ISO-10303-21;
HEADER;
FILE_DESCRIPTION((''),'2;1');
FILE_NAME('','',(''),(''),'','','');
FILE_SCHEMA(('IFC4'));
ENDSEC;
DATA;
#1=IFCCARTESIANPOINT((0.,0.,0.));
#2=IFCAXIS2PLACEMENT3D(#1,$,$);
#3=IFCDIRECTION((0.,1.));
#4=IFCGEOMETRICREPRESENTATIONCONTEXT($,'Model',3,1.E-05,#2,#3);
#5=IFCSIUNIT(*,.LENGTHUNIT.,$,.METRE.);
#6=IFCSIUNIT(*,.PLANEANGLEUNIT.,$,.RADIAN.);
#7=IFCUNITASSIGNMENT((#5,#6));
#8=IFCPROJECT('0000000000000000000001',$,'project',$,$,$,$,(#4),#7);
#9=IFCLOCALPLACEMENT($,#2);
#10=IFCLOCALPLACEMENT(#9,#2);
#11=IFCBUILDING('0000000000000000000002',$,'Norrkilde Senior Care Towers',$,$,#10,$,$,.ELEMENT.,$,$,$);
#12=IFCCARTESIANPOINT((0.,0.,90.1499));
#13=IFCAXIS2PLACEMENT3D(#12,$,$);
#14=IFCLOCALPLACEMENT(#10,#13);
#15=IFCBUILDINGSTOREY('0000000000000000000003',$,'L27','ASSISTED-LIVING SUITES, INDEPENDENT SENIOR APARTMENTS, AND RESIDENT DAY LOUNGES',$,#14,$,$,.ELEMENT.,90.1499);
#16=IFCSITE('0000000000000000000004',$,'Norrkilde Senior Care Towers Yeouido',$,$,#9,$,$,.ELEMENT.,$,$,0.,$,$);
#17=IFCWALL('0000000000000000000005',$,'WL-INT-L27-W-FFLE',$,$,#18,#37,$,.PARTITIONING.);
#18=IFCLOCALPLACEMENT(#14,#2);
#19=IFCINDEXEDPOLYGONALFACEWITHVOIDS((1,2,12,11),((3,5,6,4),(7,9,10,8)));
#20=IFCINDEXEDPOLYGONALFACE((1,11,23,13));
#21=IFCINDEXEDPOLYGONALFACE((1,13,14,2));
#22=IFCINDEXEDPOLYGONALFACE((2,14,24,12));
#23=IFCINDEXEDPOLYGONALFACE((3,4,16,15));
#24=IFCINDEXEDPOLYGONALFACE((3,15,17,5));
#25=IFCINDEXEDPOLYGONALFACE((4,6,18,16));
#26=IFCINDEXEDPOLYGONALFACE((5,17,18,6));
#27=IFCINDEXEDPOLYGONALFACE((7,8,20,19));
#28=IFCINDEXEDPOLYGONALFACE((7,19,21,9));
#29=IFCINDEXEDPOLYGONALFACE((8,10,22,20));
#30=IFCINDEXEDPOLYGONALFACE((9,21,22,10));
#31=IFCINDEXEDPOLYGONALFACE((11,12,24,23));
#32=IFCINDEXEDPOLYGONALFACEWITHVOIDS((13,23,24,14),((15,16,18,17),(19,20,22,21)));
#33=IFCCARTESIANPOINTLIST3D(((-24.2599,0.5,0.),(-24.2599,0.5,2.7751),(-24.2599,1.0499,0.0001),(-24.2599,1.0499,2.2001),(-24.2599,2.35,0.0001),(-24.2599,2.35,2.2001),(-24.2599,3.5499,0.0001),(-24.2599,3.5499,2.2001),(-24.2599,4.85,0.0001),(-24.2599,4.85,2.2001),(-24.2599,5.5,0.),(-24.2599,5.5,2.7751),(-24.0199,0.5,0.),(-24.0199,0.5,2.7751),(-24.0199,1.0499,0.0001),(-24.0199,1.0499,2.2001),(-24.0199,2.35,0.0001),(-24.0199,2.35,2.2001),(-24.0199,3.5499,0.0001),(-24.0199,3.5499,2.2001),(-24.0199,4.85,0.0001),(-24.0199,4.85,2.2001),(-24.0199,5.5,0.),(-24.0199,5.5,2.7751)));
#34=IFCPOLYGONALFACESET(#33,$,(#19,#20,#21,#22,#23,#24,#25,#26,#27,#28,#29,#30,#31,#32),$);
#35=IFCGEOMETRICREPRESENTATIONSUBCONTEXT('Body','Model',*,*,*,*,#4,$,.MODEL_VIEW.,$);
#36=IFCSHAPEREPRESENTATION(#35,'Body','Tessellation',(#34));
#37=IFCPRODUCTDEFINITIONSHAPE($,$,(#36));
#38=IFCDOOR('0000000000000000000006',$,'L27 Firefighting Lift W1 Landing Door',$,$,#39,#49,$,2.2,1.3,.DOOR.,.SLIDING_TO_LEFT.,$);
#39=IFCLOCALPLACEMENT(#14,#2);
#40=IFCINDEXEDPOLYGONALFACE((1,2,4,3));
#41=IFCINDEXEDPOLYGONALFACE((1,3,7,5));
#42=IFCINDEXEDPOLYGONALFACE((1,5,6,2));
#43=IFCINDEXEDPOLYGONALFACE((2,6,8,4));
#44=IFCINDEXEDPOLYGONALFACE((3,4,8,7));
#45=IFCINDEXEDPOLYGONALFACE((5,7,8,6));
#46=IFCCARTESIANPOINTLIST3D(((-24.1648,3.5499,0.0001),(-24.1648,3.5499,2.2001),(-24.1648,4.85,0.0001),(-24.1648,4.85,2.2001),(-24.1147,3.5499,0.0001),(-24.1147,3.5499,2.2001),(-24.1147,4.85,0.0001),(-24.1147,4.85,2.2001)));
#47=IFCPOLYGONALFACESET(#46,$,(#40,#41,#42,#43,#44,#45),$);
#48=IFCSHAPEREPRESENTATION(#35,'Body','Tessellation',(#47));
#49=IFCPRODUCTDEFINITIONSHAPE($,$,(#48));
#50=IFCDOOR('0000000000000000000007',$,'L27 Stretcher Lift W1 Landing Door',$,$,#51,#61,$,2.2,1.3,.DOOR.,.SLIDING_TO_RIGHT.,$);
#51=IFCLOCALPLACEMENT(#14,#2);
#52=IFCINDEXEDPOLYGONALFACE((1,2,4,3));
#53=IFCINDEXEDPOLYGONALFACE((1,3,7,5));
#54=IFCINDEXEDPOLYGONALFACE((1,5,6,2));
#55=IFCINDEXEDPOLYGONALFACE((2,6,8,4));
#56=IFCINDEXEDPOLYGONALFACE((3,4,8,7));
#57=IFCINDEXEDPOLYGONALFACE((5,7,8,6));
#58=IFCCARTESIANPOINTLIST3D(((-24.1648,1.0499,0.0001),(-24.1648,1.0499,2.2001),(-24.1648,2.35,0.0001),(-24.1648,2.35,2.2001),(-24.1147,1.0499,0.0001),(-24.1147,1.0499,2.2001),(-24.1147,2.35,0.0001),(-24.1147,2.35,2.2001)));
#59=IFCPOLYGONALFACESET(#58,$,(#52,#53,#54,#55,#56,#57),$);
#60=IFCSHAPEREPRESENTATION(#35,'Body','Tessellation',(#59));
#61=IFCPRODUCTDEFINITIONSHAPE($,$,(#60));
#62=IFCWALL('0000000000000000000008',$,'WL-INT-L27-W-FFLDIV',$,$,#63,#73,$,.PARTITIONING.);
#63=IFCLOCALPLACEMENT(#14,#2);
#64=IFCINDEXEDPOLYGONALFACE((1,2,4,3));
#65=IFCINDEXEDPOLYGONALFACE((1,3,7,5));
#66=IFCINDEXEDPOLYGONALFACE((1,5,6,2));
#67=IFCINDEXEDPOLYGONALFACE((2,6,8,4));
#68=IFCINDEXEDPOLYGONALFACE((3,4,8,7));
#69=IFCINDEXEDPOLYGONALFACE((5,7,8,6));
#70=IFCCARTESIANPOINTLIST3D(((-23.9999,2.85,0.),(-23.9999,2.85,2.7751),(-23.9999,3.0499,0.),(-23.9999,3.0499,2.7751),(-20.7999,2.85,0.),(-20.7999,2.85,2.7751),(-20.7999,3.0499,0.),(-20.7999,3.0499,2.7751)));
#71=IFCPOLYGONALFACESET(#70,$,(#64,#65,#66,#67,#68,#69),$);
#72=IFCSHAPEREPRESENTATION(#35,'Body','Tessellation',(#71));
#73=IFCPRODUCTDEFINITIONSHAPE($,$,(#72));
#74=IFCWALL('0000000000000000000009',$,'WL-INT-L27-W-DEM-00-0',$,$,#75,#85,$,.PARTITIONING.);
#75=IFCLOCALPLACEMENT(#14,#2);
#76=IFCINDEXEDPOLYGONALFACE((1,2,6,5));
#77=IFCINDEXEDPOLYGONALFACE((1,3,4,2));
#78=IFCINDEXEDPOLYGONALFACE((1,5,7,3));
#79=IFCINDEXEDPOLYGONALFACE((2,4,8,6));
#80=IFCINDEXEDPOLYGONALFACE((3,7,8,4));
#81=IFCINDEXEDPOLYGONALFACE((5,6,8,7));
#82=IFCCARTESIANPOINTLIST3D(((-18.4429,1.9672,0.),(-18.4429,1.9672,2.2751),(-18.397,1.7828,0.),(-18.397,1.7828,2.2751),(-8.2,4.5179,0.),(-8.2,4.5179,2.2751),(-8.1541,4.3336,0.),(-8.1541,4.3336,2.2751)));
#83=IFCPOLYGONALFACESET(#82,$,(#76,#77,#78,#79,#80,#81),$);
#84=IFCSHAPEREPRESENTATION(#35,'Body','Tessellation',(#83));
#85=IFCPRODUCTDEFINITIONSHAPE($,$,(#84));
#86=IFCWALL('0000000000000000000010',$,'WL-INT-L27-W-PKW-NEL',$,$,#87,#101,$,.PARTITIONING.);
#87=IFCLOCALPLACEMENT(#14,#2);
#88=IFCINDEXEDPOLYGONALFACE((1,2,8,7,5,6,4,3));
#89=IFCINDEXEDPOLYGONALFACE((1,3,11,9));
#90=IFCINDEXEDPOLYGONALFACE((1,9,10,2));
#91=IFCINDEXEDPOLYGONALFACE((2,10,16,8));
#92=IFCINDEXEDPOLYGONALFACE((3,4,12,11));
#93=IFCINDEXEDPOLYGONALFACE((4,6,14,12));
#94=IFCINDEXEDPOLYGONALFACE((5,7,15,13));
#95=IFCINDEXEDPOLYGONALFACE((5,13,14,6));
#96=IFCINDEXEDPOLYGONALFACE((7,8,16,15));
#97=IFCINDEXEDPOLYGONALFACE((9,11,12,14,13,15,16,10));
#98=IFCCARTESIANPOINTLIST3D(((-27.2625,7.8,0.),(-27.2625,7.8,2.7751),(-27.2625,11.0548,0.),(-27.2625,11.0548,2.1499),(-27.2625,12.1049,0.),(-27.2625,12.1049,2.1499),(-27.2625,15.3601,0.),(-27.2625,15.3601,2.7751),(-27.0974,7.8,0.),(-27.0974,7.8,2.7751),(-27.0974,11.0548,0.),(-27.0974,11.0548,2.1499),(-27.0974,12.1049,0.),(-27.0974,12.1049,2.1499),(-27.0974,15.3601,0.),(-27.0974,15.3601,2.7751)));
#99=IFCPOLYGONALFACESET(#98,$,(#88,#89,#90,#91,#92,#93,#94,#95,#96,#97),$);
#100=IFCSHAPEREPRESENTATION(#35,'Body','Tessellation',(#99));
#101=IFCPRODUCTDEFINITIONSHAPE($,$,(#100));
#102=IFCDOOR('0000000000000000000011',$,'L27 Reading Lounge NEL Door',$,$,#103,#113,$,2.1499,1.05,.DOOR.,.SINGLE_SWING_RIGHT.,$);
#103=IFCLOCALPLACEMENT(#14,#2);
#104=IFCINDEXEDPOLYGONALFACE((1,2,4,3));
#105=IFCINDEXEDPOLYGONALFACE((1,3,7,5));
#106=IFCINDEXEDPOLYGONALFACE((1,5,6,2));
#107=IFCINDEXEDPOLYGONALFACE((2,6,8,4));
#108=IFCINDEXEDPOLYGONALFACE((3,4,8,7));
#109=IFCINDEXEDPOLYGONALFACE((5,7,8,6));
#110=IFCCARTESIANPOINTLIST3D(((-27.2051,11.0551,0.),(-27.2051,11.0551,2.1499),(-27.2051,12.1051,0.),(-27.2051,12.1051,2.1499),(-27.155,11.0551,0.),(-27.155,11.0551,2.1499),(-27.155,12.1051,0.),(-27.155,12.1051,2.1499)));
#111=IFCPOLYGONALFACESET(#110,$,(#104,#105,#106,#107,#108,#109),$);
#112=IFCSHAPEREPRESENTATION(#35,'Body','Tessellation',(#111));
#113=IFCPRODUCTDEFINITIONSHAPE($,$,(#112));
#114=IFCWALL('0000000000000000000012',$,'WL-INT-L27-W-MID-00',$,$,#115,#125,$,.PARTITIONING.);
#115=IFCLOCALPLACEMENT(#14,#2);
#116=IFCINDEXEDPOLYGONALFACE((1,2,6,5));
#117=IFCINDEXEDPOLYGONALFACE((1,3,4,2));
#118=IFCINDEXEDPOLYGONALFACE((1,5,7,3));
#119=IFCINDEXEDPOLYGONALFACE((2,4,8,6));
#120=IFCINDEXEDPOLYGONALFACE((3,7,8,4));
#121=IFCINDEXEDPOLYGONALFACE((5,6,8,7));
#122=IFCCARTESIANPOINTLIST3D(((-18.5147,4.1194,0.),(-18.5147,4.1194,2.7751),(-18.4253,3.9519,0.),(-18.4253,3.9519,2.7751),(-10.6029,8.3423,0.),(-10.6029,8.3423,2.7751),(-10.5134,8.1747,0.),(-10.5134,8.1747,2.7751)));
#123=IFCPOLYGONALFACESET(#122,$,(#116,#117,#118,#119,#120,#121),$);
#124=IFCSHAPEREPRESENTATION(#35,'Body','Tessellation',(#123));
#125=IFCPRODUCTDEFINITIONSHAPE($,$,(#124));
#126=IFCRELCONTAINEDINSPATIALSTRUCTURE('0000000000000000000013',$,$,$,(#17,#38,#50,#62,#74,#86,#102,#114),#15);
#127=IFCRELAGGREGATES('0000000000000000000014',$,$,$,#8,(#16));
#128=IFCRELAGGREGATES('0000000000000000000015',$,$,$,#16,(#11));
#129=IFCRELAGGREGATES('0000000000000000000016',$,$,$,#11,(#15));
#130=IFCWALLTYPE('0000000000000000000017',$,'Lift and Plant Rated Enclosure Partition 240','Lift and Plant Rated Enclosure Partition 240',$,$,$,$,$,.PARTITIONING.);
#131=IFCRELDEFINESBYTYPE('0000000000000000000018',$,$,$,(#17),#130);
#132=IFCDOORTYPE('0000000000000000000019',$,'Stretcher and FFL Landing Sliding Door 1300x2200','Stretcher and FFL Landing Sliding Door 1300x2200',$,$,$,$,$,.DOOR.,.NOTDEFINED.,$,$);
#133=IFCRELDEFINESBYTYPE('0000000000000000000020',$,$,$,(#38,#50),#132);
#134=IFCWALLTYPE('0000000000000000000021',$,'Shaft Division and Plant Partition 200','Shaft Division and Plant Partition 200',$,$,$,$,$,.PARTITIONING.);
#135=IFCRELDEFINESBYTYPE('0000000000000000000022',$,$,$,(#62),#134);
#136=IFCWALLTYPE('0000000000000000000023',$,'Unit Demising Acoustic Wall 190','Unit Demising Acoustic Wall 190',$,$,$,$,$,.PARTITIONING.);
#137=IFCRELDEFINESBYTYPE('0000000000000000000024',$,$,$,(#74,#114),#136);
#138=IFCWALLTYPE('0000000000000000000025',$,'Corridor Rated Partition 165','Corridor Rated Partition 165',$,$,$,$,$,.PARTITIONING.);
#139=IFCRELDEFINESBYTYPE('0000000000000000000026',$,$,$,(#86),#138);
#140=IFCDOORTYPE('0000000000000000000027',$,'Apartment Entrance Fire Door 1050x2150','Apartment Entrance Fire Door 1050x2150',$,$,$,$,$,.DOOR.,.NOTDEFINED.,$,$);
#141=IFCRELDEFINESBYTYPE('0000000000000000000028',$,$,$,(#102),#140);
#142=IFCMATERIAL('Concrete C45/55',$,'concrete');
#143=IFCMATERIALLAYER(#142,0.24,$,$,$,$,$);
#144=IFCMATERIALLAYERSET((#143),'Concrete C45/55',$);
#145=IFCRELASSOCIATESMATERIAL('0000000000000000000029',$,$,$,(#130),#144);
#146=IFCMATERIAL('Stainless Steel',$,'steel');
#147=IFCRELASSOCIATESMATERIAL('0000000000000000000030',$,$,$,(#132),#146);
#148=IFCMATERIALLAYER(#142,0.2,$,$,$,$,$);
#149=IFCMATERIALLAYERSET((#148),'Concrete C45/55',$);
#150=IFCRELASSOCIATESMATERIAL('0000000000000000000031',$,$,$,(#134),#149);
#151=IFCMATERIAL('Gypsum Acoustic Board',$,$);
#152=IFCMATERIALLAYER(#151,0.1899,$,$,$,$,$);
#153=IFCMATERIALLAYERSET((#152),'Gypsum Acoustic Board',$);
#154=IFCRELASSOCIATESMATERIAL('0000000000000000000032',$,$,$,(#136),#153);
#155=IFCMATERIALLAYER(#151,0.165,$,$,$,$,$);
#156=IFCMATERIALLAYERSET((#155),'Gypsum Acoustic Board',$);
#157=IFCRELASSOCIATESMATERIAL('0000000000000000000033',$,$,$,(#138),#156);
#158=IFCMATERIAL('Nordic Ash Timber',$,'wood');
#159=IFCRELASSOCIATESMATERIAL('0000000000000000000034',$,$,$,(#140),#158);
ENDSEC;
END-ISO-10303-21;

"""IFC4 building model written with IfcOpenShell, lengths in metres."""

from ifc_helpers import new_model, si_unit, direction, frame, frame_2d, origin, place, context, subcontext, project, spatial, rectangle, extrude, source, transform, mapped, material, layer, layer_set, type_object, type_shapes, element, fill, save


model = new_model("IFC4")

# Units and contexts
model_context = context("Model", 3, precision=1e-05, world=origin(), true_north=direction((0.0, 1.0)))
body_context = subcontext(model_context, "Body", "Model", "MODEL_VIEW")
ifc_project = project(units=[si_unit("LENGTHUNIT", "METRE"), si_unit("PLANEANGLEUNIT", "RADIAN")], contexts=[model_context])

# Site, building, storey
site_placement = place(None, origin())
site = spatial("IfcSite", under=ifc_project, at=site_placement, Name="Norrkilde Senior Care Towers Yeouido", CompositionType="ELEMENT", RefElevation=0.0)
building_placement = place(site_placement, origin())
building = spatial("IfcBuilding", under=site, at=building_placement, Name="Norrkilde Senior Care Towers", CompositionType="ELEMENT")
storey_placement = place(building_placement, frame((0.0, 0.0, 90.1499)))
storey = spatial("IfcBuildingStorey", under=building, at=storey_placement, Name="L27", Description="ASSISTED-LIVING SUITES, INDEPENDENT SENIOR APARTMENTS, AND RESIDENT DAY LOUNGES", CompositionType="ELEMENT", Elevation=90.1499)

# Wall, openings, doors
ifc_material_1 = material(Name="Concrete C45/55", Category="concrete")
ifc_layer_1 = layer(ifc_material_1, 0.24)
ifc_layer_set_1 = layer_set([ifc_layer_1], Name="Concrete C45/55")
wall_type_1 = type_object("IfcWallType", Name="Lift and Plant Rated Enclosure Partition 240", Description="Lift and Plant Rated Enclosure Partition 240", PredefinedType="PARTITIONING", material=ifc_layer_set_1)
shared_shape_1 = source(origin(), body_context, "Body", "SweptSolid", [
    extrude(rectangle(XDim=5.0, YDim=0.24, at=frame_2d((2.5, 0.0))), origin(), (0.0, 0.0, 1.0), 2.7751),
])
type_shapes(wall_type_1, [shared_shape_1])
wall_1_placement = place(storey_placement, frame((-24.1399, 0.5, 0.0), z_axis=(0.0, 0.0, 1.0), x_axis=(0.0, 1.0, 0.0)))
wall_1 = element("IfcWall", 1, at=wall_1_placement, inside=storey, type_object=wall_type_1, Name="WL-INT-L27-W-FFLE", PredefinedType="PARTITIONING", context=body_context, shape_type="MappedRepresentation", body=[
    mapped(shared_shape_1, transform((0.0, 0.0, 0.0), x_axis=(1.0, 0.0, 0.0), y_axis=(0.0, 1.0, 0.0), z_axis=(0.0, 0.0, 1.0), scale=1.0)),
])
opening_1_placement = place(wall_1_placement, frame((3.05, 0.0, 0.0)))
opening_1 = element("IfcOpeningElement", 2, at=opening_1_placement, cuts=wall_1, PredefinedType="OPENING", context=body_context, shape_type="SweptSolid", body=[
    extrude(rectangle(XDim=1.3, YDim=2.2, at=frame_2d((0.6499, 1.1001))), frame((0.0, 0.1299, 0.0), z_axis=(0.0, -1.0, 0.0), x_axis=(1.0, 0.0, 0.0)), (0.0, 0.0, 1.0), 0.26),
])
opening_2_placement = place(wall_1_placement, frame((0.55, 0.0, 0.0)))
opening_2 = element("IfcOpeningElement", 3, at=opening_2_placement, cuts=wall_1, PredefinedType="OPENING", context=body_context, shape_type="SweptSolid", body=[
    extrude(rectangle(XDim=1.3, YDim=2.2, at=frame_2d((0.6499, 1.1001))), frame((0.0, 0.1299, 0.0), z_axis=(0.0, -1.0, 0.0), x_axis=(1.0, 0.0, 0.0)), (0.0, 0.0, 1.0), 0.26),
])
ifc_material_2 = material(Name="Stainless Steel", Category="steel")
door_type_1 = type_object("IfcDoorType", Name="Stretcher and FFL Landing Sliding Door 1300x2200", Description="Stretcher and FFL Landing Sliding Door 1300x2200", OperationType="NOTDEFINED", PredefinedType="DOOR", material=ifc_material_2)
shared_shape_2 = source(origin(), body_context, "Body", "SweptSolid", [
    extrude(rectangle(XDim=1.3, YDim=2.2, at=frame_2d((0.6499, 1.1001))), frame((0.0, 0.0249, 0.0), z_axis=(0.0, -1.0, 0.0), x_axis=(1.0, 0.0, 0.0)), (0.0, 0.0, 1.0), 0.05),
])
type_shapes(door_type_1, [shared_shape_2])
door_1_placement = place(opening_1_placement, origin())
door_1 = element("IfcDoor", 4, at=door_1_placement, inside=storey, type_object=door_type_1, Name="L27 Firefighting Lift W1 Landing Door", OperationType="SLIDING_TO_LEFT", OverallHeight=2.2, OverallWidth=1.3, PredefinedType="DOOR", context=body_context, shape_type="MappedRepresentation", body=[
    mapped(shared_shape_2, transform((0.0, 0.0, 0.0), x_axis=(1.0, 0.0, 0.0), y_axis=(0.0, 1.0, 0.0), z_axis=(0.0, 0.0, 1.0), scale=1.0)),
])
fill(opening_1, door_1)
door_2_placement = place(opening_2_placement, origin())
door_2 = element("IfcDoor", 5, at=door_2_placement, inside=storey, type_object=door_type_1, Name="L27 Stretcher Lift W1 Landing Door", OperationType="SLIDING_TO_RIGHT", OverallHeight=2.2, OverallWidth=1.3, PredefinedType="DOOR", context=body_context, shape_type="MappedRepresentation", body=[
    mapped(shared_shape_2, transform((0.0, 0.0, 0.0), x_axis=(1.0, 0.0, 0.0), y_axis=(0.0, 1.0, 0.0), z_axis=(0.0, 0.0, 1.0), scale=1.0)),
])
fill(opening_2, door_2)

# Wall
ifc_layer_2 = layer(ifc_material_1, 0.2)
ifc_layer_set_2 = layer_set([ifc_layer_2], Name="Concrete C45/55")
wall_type_2 = type_object("IfcWallType", Name="Shaft Division and Plant Partition 200", Description="Shaft Division and Plant Partition 200", PredefinedType="PARTITIONING", material=ifc_layer_set_2)
shared_shape_3 = source(origin(), body_context, "Body", "SweptSolid", [
    extrude(rectangle(XDim=3.2, YDim=0.2, at=frame_2d((1.6001, 0.0))), origin(), (0.0, 0.0, 1.0), 2.7751),
])
type_shapes(wall_type_2, [shared_shape_3])
wall_2_placement = place(storey_placement, frame((-24.0, 2.95, 0.0), z_axis=(0.0, 0.0, 1.0), x_axis=(1.0, 0.0, 0.0)))
element("IfcWall", 6, at=wall_2_placement, inside=storey, type_object=wall_type_2, Name="WL-INT-L27-W-FFLDIV", PredefinedType="PARTITIONING", context=body_context, shape_type="MappedRepresentation", body=[
    mapped(shared_shape_3, transform((0.0, 0.0, 0.0), x_axis=(1.0, 0.0, 0.0), y_axis=(0.0, 1.0, 0.0), z_axis=(0.0, 0.0, 1.0), scale=1.0)),
])

# Wall
ifc_material_3 = material(Name="Gypsum Acoustic Board")
ifc_layer_3 = layer(ifc_material_3, 0.1899)
ifc_layer_set_3 = layer_set([ifc_layer_3], Name="Gypsum Acoustic Board")
wall_type_3 = type_object("IfcWallType", Name="Unit Demising Acoustic Wall 190", Description="Unit Demising Acoustic Wall 190", PredefinedType="PARTITIONING", material=ifc_layer_set_3)
shared_shape_4 = source(origin(), body_context, "Body", "SweptSolid", [
    extrude(rectangle(XDim=10.5557, YDim=0.1899, at=frame_2d((5.2778, 0.0))), origin(), (0.0, 0.0, 1.0), 2.2751),
])
wall_3_placement = place(storey_placement, frame((-18.4199, 1.875, 0.0), z_axis=(0.0, 0.0, 1.0), x_axis=(0.970364, 0.241648, 0.0)))
element("IfcWall", 7, at=wall_3_placement, inside=storey, type_object=wall_type_3, Name="WL-INT-L27-W-DEM-00-0", PredefinedType="PARTITIONING", context=body_context, shape_type="MappedRepresentation", body=[
    mapped(shared_shape_4, transform((0.0, 0.0, 0.0), x_axis=(1.0, 0.0, 0.0), y_axis=(0.0, 1.0, 0.0), z_axis=(0.0, 0.0, 1.0), scale=1.0)),
])

# Wall, opening, door
ifc_layer_4 = layer(ifc_material_3, 0.165)
ifc_layer_set_4 = layer_set([ifc_layer_4], Name="Gypsum Acoustic Board")
wall_type_4 = type_object("IfcWallType", Name="Corridor Rated Partition 165", Description="Corridor Rated Partition 165", PredefinedType="PARTITIONING", material=ifc_layer_set_4)
shared_shape_5 = source(origin(), body_context, "Body", "SweptSolid", [
    extrude(rectangle(XDim=7.5601, YDim=0.165, at=frame_2d((3.78, 0.0))), origin(), (0.0, 0.0, 1.0), 2.7751),
])
type_shapes(wall_type_4, [shared_shape_5])
wall_4_placement = place(storey_placement, frame((-27.1799, 7.8, 0.0), z_axis=(0.0, 0.0, 1.0), x_axis=(0.0, 1.0, 0.0)))
wall_4 = element("IfcWall", 8, at=wall_4_placement, inside=storey, type_object=wall_type_4, Name="WL-INT-L27-W-PKW-NEL", PredefinedType="PARTITIONING", context=body_context, shape_type="MappedRepresentation", body=[
    mapped(shared_shape_5, transform((0.0, 0.0, 0.0), x_axis=(1.0, 0.0, 0.0), y_axis=(0.0, 1.0, 0.0), z_axis=(0.0, 0.0, 1.0), scale=1.0)),
])
opening_3_placement = place(wall_4_placement, frame((3.2549, 0.0, 0.0)))
opening_3 = element("IfcOpeningElement", 9, at=opening_3_placement, cuts=wall_4, PredefinedType="OPENING", context=body_context, shape_type="SweptSolid", body=[
    extrude(rectangle(XDim=1.05, YDim=2.1499, at=frame_2d((0.5249, 1.075))), frame((0.0, 0.0925, 0.0), z_axis=(0.0, -1.0, 0.0), x_axis=(1.0, 0.0, 0.0)), (0.0, 0.0, 1.0), 0.1851),
])
ifc_material_4 = material(Name="Nordic Ash Timber", Category="wood")
door_type_2 = type_object("IfcDoorType", Name="Apartment Entrance Fire Door 1050x2150", Description="Apartment Entrance Fire Door 1050x2150", OperationType="NOTDEFINED", PredefinedType="DOOR", material=ifc_material_4)
shared_shape_6 = source(origin(), body_context, "Body", "SweptSolid", [
    extrude(rectangle(XDim=1.05, YDim=2.1499, at=frame_2d((0.5249, 1.075))), frame((0.0, 0.0249, 0.0), z_axis=(0.0, -1.0, 0.0), x_axis=(1.0, 0.0, 0.0)), (0.0, 0.0, 1.0), 0.05),
])
type_shapes(door_type_2, [shared_shape_6])
door_3_placement = place(opening_3_placement, frame((1.05, 0.0, 0.0), z_axis=(0.0, 0.0, 1.0), x_axis=(-1.0, 0.0, 0.0)))
door_3 = element("IfcDoor", 10, at=door_3_placement, inside=storey, type_object=door_type_2, Name="L27 Reading Lounge NEL Door", OperationType="SINGLE_SWING_RIGHT", OverallHeight=2.1499, OverallWidth=1.05, PredefinedType="DOOR", context=body_context, shape_type="MappedRepresentation", body=[
    mapped(shared_shape_6, transform((0.0, 0.0, 0.0), x_axis=(1.0, 0.0, 0.0), y_axis=(0.0, 1.0, 0.0), z_axis=(0.0, 0.0, 1.0), scale=1.0)),
])
fill(opening_3, door_3)

# Wall
shared_shape_7 = source(origin(), body_context, "Body", "SweptSolid", [
    extrude(rectangle(XDim=8.9683, YDim=0.1899, at=frame_2d((4.4841, 0.0))), origin(), (0.0, 0.0, 1.0), 2.7751),
])
type_shapes(wall_type_3, [shared_shape_4, shared_shape_7])
wall_5_placement = place(storey_placement, frame((-18.47, 4.0356, 0.0), z_axis=(0.0, 0.0, 1.0), x_axis=(0.882203, 0.470869, 0.0)))
element("IfcWall", 11, at=wall_5_placement, inside=storey, type_object=wall_type_3, Name="WL-INT-L27-W-MID-00", PredefinedType="PARTITIONING", context=body_context, shape_type="MappedRepresentation", body=[
    mapped(shared_shape_7, transform((0.0, 0.0, 0.0), x_axis=(1.0, 0.0, 0.0), y_axis=(0.0, 1.0, 0.0), z_axis=(0.0, 0.0, 1.0), scale=1.0)),
])

save(model, "model.ifc")
